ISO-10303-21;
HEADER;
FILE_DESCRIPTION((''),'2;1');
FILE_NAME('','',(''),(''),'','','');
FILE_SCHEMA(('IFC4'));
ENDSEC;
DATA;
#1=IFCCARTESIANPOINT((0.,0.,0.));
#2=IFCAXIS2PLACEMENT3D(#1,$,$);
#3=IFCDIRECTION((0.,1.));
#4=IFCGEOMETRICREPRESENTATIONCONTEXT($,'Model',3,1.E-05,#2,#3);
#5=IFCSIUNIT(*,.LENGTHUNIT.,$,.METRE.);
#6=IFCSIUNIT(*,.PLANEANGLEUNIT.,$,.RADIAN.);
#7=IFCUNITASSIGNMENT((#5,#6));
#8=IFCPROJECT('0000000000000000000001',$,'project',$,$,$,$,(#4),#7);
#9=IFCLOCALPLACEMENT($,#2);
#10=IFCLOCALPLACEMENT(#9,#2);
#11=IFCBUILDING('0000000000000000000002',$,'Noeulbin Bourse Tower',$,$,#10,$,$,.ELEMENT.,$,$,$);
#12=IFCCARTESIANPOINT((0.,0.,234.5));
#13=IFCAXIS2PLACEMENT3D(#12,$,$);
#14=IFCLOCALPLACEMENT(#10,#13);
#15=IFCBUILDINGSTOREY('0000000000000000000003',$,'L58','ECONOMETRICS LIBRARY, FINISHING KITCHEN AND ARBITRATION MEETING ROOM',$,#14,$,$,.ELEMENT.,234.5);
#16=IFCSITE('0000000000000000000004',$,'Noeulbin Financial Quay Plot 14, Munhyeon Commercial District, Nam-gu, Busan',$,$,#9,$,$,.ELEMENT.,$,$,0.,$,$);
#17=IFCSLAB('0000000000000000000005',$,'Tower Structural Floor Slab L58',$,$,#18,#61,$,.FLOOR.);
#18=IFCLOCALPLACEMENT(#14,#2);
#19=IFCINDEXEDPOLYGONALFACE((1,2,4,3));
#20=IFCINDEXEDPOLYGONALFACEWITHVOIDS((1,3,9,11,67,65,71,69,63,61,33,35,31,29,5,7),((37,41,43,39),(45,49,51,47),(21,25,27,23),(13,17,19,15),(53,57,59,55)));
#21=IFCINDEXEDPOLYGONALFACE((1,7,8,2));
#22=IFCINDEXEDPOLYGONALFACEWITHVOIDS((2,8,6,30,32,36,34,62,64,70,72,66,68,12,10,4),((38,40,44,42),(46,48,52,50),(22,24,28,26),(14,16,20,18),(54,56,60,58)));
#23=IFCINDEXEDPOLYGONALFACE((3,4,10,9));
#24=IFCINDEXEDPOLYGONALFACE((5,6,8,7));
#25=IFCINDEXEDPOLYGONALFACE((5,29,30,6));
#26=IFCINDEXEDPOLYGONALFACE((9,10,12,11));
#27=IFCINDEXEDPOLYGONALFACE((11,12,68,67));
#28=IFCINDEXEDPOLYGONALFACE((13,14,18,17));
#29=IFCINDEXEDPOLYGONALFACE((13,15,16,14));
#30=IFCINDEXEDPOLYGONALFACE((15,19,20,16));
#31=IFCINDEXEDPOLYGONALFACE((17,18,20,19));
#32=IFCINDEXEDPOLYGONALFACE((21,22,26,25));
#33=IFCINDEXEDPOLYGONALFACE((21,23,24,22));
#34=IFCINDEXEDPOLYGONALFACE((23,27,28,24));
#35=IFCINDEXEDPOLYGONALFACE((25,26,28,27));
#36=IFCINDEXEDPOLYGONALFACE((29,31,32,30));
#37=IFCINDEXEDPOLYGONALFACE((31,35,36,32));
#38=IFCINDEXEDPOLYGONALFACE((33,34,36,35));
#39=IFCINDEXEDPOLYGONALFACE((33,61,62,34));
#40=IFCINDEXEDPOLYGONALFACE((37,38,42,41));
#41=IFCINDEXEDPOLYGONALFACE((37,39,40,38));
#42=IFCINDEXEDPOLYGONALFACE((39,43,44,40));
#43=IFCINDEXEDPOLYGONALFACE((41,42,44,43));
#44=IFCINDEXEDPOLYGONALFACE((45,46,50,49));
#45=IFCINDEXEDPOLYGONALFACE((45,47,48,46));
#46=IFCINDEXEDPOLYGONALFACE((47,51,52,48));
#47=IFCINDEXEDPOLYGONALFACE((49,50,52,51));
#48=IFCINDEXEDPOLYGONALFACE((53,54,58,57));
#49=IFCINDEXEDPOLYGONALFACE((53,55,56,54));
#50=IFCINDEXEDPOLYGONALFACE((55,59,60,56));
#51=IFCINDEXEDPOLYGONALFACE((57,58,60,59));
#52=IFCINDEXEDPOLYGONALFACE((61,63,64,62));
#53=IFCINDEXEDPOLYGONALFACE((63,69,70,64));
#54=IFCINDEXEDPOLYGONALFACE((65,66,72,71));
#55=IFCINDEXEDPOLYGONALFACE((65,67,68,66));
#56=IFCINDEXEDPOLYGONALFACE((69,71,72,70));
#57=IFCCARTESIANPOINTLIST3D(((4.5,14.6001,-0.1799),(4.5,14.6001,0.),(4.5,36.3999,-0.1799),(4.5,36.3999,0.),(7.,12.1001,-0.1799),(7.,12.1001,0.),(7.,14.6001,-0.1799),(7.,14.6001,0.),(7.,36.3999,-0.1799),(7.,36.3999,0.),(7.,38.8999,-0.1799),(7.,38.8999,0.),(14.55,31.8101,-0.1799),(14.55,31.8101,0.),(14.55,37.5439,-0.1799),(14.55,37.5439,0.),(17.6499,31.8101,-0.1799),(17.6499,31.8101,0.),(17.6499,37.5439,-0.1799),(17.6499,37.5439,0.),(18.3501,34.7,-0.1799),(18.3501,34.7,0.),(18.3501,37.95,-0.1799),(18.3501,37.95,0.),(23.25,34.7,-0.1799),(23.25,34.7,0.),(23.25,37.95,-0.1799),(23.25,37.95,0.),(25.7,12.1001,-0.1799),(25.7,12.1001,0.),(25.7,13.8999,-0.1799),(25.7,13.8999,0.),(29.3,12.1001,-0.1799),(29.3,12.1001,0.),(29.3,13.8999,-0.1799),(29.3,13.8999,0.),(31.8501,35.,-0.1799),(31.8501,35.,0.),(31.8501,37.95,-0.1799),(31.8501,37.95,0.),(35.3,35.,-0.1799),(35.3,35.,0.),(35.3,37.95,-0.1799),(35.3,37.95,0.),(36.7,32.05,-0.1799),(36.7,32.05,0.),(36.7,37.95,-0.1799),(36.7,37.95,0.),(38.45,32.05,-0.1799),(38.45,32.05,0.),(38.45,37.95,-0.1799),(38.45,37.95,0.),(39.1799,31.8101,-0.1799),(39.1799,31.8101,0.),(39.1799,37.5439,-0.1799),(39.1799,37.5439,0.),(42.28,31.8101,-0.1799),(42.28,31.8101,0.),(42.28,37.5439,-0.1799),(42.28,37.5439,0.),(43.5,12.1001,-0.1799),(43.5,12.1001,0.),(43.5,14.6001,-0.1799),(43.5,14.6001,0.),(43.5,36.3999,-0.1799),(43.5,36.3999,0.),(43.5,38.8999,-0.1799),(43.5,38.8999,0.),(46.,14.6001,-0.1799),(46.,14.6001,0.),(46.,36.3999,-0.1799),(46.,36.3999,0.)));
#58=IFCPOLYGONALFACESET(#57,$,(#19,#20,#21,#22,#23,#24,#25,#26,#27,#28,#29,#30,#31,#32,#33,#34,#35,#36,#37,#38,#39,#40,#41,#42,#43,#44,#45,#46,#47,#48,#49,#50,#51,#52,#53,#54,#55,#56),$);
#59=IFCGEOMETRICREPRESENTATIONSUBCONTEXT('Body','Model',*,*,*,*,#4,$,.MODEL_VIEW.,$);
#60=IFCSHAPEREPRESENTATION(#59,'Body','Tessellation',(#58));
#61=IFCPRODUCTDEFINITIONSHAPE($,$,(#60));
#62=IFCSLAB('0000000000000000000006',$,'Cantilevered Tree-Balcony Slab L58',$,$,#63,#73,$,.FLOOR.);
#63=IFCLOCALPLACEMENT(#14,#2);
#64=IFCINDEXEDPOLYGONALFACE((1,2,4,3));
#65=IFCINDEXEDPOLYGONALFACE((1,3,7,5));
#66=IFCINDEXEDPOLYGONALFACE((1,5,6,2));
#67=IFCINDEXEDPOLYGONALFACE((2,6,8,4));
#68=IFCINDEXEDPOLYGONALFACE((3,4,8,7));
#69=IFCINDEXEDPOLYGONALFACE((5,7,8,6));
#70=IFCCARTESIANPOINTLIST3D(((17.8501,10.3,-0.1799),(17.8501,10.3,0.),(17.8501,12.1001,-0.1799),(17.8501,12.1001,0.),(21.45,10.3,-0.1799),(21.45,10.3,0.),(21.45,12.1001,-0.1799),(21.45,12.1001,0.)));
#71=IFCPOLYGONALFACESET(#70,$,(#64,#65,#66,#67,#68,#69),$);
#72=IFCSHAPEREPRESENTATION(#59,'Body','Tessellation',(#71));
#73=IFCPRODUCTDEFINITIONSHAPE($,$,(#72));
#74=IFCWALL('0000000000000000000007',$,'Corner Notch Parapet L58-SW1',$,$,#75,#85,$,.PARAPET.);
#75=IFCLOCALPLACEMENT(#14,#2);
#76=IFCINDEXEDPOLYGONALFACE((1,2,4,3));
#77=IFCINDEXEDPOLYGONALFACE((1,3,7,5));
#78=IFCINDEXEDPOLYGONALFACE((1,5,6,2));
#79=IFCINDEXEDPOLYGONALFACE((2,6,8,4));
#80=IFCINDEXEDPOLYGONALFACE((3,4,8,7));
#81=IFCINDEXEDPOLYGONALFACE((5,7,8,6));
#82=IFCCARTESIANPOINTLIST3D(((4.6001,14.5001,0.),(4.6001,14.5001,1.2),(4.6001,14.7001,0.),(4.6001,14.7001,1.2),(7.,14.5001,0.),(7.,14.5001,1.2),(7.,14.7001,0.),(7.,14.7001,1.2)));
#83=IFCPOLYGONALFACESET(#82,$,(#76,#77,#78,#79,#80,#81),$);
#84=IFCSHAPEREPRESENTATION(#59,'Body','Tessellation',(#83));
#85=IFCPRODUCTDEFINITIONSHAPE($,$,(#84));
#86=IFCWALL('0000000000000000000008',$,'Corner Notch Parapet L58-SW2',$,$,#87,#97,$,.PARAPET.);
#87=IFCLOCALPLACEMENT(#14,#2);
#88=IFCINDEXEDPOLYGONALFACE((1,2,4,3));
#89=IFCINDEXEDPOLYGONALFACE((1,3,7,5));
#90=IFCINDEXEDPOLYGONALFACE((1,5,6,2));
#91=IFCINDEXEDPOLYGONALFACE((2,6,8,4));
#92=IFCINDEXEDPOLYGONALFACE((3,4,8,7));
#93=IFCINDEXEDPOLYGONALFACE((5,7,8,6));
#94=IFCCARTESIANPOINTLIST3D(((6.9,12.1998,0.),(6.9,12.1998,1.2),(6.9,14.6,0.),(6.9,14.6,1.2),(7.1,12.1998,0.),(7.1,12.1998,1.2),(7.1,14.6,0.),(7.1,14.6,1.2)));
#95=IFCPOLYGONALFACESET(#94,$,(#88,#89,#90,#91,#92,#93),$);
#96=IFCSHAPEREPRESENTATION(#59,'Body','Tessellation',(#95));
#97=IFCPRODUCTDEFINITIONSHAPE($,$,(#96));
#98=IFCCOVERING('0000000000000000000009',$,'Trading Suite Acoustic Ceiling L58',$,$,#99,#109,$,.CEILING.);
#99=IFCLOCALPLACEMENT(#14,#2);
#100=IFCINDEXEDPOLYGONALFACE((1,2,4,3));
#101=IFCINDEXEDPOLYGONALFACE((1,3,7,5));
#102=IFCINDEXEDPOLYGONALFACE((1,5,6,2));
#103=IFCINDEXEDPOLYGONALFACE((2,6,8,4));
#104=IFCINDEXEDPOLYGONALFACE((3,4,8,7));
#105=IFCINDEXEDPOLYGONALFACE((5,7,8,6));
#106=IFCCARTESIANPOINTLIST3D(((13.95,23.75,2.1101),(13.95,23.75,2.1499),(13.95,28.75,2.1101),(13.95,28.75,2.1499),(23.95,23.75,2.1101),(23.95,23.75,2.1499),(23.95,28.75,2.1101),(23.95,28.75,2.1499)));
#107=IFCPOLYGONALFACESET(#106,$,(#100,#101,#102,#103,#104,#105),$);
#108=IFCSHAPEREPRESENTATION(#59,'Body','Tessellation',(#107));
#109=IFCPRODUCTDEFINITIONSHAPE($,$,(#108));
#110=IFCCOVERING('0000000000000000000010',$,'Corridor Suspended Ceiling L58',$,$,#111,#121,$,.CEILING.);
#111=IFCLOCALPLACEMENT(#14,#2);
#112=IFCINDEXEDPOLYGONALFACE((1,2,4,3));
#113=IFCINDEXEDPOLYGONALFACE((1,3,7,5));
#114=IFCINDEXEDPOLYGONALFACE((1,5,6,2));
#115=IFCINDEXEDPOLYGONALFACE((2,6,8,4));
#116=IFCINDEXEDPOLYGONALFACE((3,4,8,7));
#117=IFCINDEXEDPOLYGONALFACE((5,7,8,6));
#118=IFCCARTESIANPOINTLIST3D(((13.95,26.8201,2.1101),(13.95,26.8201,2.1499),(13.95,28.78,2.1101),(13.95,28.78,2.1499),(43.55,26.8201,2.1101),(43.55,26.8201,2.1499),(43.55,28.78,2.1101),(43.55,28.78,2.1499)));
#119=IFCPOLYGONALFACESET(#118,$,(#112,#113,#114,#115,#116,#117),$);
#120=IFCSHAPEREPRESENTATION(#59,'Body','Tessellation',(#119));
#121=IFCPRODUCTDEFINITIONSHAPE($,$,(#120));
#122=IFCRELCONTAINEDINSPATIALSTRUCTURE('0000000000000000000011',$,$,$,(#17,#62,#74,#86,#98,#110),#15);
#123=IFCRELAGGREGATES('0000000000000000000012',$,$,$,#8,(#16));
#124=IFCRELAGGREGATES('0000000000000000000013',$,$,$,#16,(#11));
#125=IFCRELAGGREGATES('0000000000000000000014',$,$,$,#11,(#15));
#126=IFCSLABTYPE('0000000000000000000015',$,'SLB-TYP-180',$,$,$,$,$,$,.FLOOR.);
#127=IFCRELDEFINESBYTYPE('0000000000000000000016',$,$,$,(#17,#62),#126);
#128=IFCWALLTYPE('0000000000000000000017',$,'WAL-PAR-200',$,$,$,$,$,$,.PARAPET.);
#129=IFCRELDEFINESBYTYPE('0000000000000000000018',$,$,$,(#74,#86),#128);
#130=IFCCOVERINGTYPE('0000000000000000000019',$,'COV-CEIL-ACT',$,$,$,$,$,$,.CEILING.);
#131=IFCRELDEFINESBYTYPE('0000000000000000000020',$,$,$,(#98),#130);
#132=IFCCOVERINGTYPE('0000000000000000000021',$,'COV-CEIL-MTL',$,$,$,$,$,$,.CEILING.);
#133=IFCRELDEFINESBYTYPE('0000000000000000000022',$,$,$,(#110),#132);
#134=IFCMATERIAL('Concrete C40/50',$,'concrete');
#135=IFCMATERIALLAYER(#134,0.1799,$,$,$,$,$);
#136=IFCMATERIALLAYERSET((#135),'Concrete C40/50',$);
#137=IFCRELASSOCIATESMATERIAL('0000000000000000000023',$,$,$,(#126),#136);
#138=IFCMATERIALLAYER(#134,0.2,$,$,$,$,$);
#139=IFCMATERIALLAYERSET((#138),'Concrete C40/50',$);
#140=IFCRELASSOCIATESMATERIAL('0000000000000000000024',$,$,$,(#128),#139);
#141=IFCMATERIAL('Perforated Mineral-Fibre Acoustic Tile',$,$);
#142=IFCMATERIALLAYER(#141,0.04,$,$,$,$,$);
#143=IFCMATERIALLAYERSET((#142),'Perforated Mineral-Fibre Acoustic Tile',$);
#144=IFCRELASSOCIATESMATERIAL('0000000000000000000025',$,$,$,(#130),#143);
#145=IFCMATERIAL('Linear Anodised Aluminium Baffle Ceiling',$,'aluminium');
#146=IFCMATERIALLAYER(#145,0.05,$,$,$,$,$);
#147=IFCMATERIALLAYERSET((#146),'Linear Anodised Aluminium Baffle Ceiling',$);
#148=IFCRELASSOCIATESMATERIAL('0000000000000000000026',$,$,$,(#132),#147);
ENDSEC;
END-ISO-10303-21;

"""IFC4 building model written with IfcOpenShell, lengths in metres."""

from ifc_helpers import new_model, si_unit, direction, frame, frame_2d, origin, place, context, subcontext, project, spatial, polyline, rectangle, outline, extrude, material, layer, layer_set, type_object, element, save


model = new_model("IFC4")

# Units and contexts
model_context = context("Model", 3, precision=1e-05, world=origin(), true_north=direction((0.0, 1.0)))
body_context = subcontext(model_context, "Body", "Model", "MODEL_VIEW")
ifc_project = project(units=[si_unit("LENGTHUNIT", "METRE"), si_unit("PLANEANGLEUNIT", "RADIAN")], contexts=[model_context])

# Site, building, storey
site_placement = place(None, origin())
site = spatial("IfcSite", under=ifc_project, at=site_placement, Name="Noeulbin Financial Quay Plot 14, Munhyeon Commercial District, Nam-gu, Busan", CompositionType="ELEMENT", RefElevation=0.0)
building_placement = place(site_placement, origin())
building = spatial("IfcBuilding", under=site, at=building_placement, Name="Noeulbin Bourse Tower", CompositionType="ELEMENT")
storey_placement = place(building_placement, frame((0.0, 0.0, 234.5)))
storey = spatial("IfcBuildingStorey", under=building, at=storey_placement, Name="L58", Description="ECONOMETRICS LIBRARY, FINISHING KITCHEN AND ARBITRATION MEETING ROOM", CompositionType="ELEMENT", Elevation=234.5)

# Shared definitions
ifc_material_1 = material(Name="Concrete C40/50", Category="concrete")

# Slab, openings
ifc_layer_1 = layer(ifc_material_1, 0.1799)
ifc_layer_set_1 = layer_set([ifc_layer_1], Name="Concrete C40/50")
slab_type_1 = type_object("IfcSlabType", Name="SLB-TYP-180", PredefinedType="FLOOR", material=ifc_layer_set_1)
slab_1_placement = place(storey_placement, frame((0.0, 0.0, -0.1799)))
slab_1 = element("IfcSlab", 1, at=slab_1_placement, inside=storey, type_object=slab_type_1, Name="Tower Structural Floor Slab L58", PredefinedType="FLOOR", context=body_context, shape_type="SweptSolid", body=[
    extrude(outline(polyline([(7.0, 12.1001), (25.7, 12.1001), (25.7, 13.8999), (29.3, 13.8999), (29.3, 12.1001), (43.5, 12.1001), (43.5, 14.6001), (46.0, 14.6001), (46.0, 36.3999), (43.5, 36.3999), (43.5, 38.8999), (7.0, 38.8999), (7.0, 36.3999), (4.5, 36.3999), (4.5, 14.6001), (7.0, 14.6001), (7.0, 12.1001)]), holes=[polyline([(17.6499, 31.8101), (17.6499, 37.5439), (14.55, 37.5439), (14.55, 31.8101), (17.6499, 31.8101)]), polyline([(42.28, 31.8101), (42.28, 37.5439), (39.1799, 37.5439), (39.1799, 31.8101), (42.28, 31.8101)]), polyline([(18.3501, 34.7), (23.25, 34.7), (23.25, 37.95), (18.3501, 37.95), (18.3501, 34.7)]), polyline([(36.7, 32.05), (38.45, 32.05), (38.45, 37.95), (36.7, 37.95), (36.7, 32.05)]), polyline([(31.8501, 35.0), (35.3, 35.0), (35.3, 37.95), (31.8501, 37.95), (31.8501, 35.0)])]), origin(), (0.0, 0.0, 1.0), 0.1799),
])
opening_1_placement = place(slab_1_placement, frame((0.0, 0.0, -0.01)))
element("IfcOpeningElement", 2, at=opening_1_placement, cuts=slab_1, PredefinedType="OPENING", context=body_context, shape_type="SweptSolid", body=[
    extrude(outline(polyline([(17.6499, 31.8101), (17.6499, 37.5439), (14.55, 37.5439), (14.55, 31.8101), (17.6499, 31.8101)])), origin(), (0.0, 0.0, 1.0), 0.2),
])
opening_2_placement = place(slab_1_placement, frame((0.0, 0.0, -0.01)))
element("IfcOpeningElement", 3, at=opening_2_placement, cuts=slab_1, PredefinedType="OPENING", context=body_context, shape_type="SweptSolid", body=[
    extrude(outline(polyline([(42.28, 31.8101), (42.28, 37.5439), (39.1799, 37.5439), (39.1799, 31.8101), (42.28, 31.8101)])), origin(), (0.0, 0.0, 1.0), 0.2),
])
opening_3_placement = place(slab_1_placement, frame((0.0, 0.0, -0.01)))
element("IfcOpeningElement", 4, at=opening_3_placement, cuts=slab_1, PredefinedType="OPENING", context=body_context, shape_type="SweptSolid", body=[
    extrude(outline(polyline([(18.3501, 34.7), (23.25, 34.7), (23.25, 37.95), (18.3501, 37.95), (18.3501, 34.7)])), origin(), (0.0, 0.0, 1.0), 0.2),
])
opening_4_placement = place(slab_1_placement, frame((0.0, 0.0, -0.01)))
element("IfcOpeningElement", 5, at=opening_4_placement, cuts=slab_1, PredefinedType="OPENING", context=body_context, shape_type="SweptSolid", body=[
    extrude(outline(polyline([(36.7, 32.05), (38.45, 32.05), (38.45, 37.95), (36.7, 37.95), (36.7, 32.05)])), origin(), (0.0, 0.0, 1.0), 0.2),
])
opening_5_placement = place(slab_1_placement, frame((0.0, 0.0, -0.01)))
element("IfcOpeningElement", 6, at=opening_5_placement, cuts=slab_1, PredefinedType="OPENING", context=body_context, shape_type="SweptSolid", body=[
    extrude(outline(polyline([(31.8501, 35.0), (35.3, 35.0), (35.3, 37.95), (31.8501, 37.95), (31.8501, 35.0)])), origin(), (0.0, 0.0, 1.0), 0.2),
])

# Slab
slab_2_placement = place(storey_placement, frame((0.0, 0.0, -0.1799)))
element("IfcSlab", 7, at=slab_2_placement, inside=storey, type_object=slab_type_1, Name="Cantilevered Tree-Balcony Slab L58", PredefinedType="FLOOR", context=body_context, shape_type="SweptSolid", body=[
    extrude(outline(polyline([(17.8501, 10.3), (21.45, 10.3), (21.45, 12.1001), (17.8501, 12.1001), (17.8501, 10.3)])), origin(), (0.0, 0.0, 1.0), 0.1799),
])

# Walls
ifc_layer_2 = layer(ifc_material_1, 0.2)
ifc_layer_set_2 = layer_set([ifc_layer_2], Name="Concrete C40/50")
wall_type = type_object("IfcWallType", Name="WAL-PAR-200", PredefinedType="PARAPET", material=ifc_layer_set_2)
wall_1_placement = place(storey_placement, frame((4.6001, 14.6001, 0.0), z_axis=(0.0, 0.0, 1.0), x_axis=(1.0, 0.0, 0.0)))
element("IfcWall", 8, at=wall_1_placement, inside=storey, type_object=wall_type, Name="Corner Notch Parapet L58-SW1", PredefinedType="PARAPET", context=body_context, shape_type="SweptSolid", body=[
    extrude(rectangle(XDim=2.3999, YDim=0.2, at=frame_2d((1.2, 0.0))), origin(), (0.0, 0.0, 1.0), 1.2),
])
wall_2_placement = place(storey_placement, frame((7.0, 14.6001, 0.0), z_axis=(0.0, 0.0, 1.0), x_axis=(0.0, -1.0, 0.0)))
element("IfcWall", 9, at=wall_2_placement, inside=storey, type_object=wall_type, Name="Corner Notch Parapet L58-SW2", PredefinedType="PARAPET", context=body_context, shape_type="SweptSolid", body=[
    extrude(rectangle(XDim=2.4001, YDim=0.2, at=frame_2d((1.2002, 0.0))), origin(), (0.0, 0.0, 1.0), 1.2),
])

# Coverings
ifc_material_2 = material(Name="Perforated Mineral-Fibre Acoustic Tile")
ifc_layer_3 = layer(ifc_material_2, 0.04)
ifc_layer_set_3 = layer_set([ifc_layer_3], Name="Perforated Mineral-Fibre Acoustic Tile")
covering_type_1 = type_object("IfcCoveringType", Name="COV-CEIL-ACT", PredefinedType="CEILING", material=ifc_layer_set_3)
covering_1_placement = place(storey_placement, frame((0.0, 0.0, 2.1101)))
element("IfcCovering", 10, at=covering_1_placement, inside=storey, type_object=covering_type_1, Name="Trading Suite Acoustic Ceiling L58", PredefinedType="CEILING", context=body_context, shape_type="SweptSolid", body=[
    extrude(outline(polyline([(13.95, 23.75), (23.95, 23.75), (23.95, 28.75), (13.95, 28.75), (13.95, 23.75)])), origin(), (0.0, 0.0, 1.0), 0.0398),
])
ifc_material_3 = material(Name="Linear Anodised Aluminium Baffle Ceiling", Category="aluminium")
ifc_layer_4 = layer(ifc_material_3, 0.05)
ifc_layer_set_4 = layer_set([ifc_layer_4], Name="Linear Anodised Aluminium Baffle Ceiling")
covering_type_2 = type_object("IfcCoveringType", Name="COV-CEIL-MTL", PredefinedType="CEILING", material=ifc_layer_set_4)
covering_2_placement = place(storey_placement, frame((0.0, 0.0, 2.1101)))
element("IfcCovering", 11, at=covering_2_placement, inside=storey, type_object=covering_type_2, Name="Corridor Suspended Ceiling L58", PredefinedType="CEILING", context=body_context, shape_type="SweptSolid", body=[
    extrude(outline(polyline([(13.95, 26.8201), (43.55, 26.8201), (43.55, 28.78), (13.95, 28.78), (13.95, 26.8201)])), origin(), (0.0, 0.0, 1.0), 0.0398),
])

save(model, "model.ifc")
